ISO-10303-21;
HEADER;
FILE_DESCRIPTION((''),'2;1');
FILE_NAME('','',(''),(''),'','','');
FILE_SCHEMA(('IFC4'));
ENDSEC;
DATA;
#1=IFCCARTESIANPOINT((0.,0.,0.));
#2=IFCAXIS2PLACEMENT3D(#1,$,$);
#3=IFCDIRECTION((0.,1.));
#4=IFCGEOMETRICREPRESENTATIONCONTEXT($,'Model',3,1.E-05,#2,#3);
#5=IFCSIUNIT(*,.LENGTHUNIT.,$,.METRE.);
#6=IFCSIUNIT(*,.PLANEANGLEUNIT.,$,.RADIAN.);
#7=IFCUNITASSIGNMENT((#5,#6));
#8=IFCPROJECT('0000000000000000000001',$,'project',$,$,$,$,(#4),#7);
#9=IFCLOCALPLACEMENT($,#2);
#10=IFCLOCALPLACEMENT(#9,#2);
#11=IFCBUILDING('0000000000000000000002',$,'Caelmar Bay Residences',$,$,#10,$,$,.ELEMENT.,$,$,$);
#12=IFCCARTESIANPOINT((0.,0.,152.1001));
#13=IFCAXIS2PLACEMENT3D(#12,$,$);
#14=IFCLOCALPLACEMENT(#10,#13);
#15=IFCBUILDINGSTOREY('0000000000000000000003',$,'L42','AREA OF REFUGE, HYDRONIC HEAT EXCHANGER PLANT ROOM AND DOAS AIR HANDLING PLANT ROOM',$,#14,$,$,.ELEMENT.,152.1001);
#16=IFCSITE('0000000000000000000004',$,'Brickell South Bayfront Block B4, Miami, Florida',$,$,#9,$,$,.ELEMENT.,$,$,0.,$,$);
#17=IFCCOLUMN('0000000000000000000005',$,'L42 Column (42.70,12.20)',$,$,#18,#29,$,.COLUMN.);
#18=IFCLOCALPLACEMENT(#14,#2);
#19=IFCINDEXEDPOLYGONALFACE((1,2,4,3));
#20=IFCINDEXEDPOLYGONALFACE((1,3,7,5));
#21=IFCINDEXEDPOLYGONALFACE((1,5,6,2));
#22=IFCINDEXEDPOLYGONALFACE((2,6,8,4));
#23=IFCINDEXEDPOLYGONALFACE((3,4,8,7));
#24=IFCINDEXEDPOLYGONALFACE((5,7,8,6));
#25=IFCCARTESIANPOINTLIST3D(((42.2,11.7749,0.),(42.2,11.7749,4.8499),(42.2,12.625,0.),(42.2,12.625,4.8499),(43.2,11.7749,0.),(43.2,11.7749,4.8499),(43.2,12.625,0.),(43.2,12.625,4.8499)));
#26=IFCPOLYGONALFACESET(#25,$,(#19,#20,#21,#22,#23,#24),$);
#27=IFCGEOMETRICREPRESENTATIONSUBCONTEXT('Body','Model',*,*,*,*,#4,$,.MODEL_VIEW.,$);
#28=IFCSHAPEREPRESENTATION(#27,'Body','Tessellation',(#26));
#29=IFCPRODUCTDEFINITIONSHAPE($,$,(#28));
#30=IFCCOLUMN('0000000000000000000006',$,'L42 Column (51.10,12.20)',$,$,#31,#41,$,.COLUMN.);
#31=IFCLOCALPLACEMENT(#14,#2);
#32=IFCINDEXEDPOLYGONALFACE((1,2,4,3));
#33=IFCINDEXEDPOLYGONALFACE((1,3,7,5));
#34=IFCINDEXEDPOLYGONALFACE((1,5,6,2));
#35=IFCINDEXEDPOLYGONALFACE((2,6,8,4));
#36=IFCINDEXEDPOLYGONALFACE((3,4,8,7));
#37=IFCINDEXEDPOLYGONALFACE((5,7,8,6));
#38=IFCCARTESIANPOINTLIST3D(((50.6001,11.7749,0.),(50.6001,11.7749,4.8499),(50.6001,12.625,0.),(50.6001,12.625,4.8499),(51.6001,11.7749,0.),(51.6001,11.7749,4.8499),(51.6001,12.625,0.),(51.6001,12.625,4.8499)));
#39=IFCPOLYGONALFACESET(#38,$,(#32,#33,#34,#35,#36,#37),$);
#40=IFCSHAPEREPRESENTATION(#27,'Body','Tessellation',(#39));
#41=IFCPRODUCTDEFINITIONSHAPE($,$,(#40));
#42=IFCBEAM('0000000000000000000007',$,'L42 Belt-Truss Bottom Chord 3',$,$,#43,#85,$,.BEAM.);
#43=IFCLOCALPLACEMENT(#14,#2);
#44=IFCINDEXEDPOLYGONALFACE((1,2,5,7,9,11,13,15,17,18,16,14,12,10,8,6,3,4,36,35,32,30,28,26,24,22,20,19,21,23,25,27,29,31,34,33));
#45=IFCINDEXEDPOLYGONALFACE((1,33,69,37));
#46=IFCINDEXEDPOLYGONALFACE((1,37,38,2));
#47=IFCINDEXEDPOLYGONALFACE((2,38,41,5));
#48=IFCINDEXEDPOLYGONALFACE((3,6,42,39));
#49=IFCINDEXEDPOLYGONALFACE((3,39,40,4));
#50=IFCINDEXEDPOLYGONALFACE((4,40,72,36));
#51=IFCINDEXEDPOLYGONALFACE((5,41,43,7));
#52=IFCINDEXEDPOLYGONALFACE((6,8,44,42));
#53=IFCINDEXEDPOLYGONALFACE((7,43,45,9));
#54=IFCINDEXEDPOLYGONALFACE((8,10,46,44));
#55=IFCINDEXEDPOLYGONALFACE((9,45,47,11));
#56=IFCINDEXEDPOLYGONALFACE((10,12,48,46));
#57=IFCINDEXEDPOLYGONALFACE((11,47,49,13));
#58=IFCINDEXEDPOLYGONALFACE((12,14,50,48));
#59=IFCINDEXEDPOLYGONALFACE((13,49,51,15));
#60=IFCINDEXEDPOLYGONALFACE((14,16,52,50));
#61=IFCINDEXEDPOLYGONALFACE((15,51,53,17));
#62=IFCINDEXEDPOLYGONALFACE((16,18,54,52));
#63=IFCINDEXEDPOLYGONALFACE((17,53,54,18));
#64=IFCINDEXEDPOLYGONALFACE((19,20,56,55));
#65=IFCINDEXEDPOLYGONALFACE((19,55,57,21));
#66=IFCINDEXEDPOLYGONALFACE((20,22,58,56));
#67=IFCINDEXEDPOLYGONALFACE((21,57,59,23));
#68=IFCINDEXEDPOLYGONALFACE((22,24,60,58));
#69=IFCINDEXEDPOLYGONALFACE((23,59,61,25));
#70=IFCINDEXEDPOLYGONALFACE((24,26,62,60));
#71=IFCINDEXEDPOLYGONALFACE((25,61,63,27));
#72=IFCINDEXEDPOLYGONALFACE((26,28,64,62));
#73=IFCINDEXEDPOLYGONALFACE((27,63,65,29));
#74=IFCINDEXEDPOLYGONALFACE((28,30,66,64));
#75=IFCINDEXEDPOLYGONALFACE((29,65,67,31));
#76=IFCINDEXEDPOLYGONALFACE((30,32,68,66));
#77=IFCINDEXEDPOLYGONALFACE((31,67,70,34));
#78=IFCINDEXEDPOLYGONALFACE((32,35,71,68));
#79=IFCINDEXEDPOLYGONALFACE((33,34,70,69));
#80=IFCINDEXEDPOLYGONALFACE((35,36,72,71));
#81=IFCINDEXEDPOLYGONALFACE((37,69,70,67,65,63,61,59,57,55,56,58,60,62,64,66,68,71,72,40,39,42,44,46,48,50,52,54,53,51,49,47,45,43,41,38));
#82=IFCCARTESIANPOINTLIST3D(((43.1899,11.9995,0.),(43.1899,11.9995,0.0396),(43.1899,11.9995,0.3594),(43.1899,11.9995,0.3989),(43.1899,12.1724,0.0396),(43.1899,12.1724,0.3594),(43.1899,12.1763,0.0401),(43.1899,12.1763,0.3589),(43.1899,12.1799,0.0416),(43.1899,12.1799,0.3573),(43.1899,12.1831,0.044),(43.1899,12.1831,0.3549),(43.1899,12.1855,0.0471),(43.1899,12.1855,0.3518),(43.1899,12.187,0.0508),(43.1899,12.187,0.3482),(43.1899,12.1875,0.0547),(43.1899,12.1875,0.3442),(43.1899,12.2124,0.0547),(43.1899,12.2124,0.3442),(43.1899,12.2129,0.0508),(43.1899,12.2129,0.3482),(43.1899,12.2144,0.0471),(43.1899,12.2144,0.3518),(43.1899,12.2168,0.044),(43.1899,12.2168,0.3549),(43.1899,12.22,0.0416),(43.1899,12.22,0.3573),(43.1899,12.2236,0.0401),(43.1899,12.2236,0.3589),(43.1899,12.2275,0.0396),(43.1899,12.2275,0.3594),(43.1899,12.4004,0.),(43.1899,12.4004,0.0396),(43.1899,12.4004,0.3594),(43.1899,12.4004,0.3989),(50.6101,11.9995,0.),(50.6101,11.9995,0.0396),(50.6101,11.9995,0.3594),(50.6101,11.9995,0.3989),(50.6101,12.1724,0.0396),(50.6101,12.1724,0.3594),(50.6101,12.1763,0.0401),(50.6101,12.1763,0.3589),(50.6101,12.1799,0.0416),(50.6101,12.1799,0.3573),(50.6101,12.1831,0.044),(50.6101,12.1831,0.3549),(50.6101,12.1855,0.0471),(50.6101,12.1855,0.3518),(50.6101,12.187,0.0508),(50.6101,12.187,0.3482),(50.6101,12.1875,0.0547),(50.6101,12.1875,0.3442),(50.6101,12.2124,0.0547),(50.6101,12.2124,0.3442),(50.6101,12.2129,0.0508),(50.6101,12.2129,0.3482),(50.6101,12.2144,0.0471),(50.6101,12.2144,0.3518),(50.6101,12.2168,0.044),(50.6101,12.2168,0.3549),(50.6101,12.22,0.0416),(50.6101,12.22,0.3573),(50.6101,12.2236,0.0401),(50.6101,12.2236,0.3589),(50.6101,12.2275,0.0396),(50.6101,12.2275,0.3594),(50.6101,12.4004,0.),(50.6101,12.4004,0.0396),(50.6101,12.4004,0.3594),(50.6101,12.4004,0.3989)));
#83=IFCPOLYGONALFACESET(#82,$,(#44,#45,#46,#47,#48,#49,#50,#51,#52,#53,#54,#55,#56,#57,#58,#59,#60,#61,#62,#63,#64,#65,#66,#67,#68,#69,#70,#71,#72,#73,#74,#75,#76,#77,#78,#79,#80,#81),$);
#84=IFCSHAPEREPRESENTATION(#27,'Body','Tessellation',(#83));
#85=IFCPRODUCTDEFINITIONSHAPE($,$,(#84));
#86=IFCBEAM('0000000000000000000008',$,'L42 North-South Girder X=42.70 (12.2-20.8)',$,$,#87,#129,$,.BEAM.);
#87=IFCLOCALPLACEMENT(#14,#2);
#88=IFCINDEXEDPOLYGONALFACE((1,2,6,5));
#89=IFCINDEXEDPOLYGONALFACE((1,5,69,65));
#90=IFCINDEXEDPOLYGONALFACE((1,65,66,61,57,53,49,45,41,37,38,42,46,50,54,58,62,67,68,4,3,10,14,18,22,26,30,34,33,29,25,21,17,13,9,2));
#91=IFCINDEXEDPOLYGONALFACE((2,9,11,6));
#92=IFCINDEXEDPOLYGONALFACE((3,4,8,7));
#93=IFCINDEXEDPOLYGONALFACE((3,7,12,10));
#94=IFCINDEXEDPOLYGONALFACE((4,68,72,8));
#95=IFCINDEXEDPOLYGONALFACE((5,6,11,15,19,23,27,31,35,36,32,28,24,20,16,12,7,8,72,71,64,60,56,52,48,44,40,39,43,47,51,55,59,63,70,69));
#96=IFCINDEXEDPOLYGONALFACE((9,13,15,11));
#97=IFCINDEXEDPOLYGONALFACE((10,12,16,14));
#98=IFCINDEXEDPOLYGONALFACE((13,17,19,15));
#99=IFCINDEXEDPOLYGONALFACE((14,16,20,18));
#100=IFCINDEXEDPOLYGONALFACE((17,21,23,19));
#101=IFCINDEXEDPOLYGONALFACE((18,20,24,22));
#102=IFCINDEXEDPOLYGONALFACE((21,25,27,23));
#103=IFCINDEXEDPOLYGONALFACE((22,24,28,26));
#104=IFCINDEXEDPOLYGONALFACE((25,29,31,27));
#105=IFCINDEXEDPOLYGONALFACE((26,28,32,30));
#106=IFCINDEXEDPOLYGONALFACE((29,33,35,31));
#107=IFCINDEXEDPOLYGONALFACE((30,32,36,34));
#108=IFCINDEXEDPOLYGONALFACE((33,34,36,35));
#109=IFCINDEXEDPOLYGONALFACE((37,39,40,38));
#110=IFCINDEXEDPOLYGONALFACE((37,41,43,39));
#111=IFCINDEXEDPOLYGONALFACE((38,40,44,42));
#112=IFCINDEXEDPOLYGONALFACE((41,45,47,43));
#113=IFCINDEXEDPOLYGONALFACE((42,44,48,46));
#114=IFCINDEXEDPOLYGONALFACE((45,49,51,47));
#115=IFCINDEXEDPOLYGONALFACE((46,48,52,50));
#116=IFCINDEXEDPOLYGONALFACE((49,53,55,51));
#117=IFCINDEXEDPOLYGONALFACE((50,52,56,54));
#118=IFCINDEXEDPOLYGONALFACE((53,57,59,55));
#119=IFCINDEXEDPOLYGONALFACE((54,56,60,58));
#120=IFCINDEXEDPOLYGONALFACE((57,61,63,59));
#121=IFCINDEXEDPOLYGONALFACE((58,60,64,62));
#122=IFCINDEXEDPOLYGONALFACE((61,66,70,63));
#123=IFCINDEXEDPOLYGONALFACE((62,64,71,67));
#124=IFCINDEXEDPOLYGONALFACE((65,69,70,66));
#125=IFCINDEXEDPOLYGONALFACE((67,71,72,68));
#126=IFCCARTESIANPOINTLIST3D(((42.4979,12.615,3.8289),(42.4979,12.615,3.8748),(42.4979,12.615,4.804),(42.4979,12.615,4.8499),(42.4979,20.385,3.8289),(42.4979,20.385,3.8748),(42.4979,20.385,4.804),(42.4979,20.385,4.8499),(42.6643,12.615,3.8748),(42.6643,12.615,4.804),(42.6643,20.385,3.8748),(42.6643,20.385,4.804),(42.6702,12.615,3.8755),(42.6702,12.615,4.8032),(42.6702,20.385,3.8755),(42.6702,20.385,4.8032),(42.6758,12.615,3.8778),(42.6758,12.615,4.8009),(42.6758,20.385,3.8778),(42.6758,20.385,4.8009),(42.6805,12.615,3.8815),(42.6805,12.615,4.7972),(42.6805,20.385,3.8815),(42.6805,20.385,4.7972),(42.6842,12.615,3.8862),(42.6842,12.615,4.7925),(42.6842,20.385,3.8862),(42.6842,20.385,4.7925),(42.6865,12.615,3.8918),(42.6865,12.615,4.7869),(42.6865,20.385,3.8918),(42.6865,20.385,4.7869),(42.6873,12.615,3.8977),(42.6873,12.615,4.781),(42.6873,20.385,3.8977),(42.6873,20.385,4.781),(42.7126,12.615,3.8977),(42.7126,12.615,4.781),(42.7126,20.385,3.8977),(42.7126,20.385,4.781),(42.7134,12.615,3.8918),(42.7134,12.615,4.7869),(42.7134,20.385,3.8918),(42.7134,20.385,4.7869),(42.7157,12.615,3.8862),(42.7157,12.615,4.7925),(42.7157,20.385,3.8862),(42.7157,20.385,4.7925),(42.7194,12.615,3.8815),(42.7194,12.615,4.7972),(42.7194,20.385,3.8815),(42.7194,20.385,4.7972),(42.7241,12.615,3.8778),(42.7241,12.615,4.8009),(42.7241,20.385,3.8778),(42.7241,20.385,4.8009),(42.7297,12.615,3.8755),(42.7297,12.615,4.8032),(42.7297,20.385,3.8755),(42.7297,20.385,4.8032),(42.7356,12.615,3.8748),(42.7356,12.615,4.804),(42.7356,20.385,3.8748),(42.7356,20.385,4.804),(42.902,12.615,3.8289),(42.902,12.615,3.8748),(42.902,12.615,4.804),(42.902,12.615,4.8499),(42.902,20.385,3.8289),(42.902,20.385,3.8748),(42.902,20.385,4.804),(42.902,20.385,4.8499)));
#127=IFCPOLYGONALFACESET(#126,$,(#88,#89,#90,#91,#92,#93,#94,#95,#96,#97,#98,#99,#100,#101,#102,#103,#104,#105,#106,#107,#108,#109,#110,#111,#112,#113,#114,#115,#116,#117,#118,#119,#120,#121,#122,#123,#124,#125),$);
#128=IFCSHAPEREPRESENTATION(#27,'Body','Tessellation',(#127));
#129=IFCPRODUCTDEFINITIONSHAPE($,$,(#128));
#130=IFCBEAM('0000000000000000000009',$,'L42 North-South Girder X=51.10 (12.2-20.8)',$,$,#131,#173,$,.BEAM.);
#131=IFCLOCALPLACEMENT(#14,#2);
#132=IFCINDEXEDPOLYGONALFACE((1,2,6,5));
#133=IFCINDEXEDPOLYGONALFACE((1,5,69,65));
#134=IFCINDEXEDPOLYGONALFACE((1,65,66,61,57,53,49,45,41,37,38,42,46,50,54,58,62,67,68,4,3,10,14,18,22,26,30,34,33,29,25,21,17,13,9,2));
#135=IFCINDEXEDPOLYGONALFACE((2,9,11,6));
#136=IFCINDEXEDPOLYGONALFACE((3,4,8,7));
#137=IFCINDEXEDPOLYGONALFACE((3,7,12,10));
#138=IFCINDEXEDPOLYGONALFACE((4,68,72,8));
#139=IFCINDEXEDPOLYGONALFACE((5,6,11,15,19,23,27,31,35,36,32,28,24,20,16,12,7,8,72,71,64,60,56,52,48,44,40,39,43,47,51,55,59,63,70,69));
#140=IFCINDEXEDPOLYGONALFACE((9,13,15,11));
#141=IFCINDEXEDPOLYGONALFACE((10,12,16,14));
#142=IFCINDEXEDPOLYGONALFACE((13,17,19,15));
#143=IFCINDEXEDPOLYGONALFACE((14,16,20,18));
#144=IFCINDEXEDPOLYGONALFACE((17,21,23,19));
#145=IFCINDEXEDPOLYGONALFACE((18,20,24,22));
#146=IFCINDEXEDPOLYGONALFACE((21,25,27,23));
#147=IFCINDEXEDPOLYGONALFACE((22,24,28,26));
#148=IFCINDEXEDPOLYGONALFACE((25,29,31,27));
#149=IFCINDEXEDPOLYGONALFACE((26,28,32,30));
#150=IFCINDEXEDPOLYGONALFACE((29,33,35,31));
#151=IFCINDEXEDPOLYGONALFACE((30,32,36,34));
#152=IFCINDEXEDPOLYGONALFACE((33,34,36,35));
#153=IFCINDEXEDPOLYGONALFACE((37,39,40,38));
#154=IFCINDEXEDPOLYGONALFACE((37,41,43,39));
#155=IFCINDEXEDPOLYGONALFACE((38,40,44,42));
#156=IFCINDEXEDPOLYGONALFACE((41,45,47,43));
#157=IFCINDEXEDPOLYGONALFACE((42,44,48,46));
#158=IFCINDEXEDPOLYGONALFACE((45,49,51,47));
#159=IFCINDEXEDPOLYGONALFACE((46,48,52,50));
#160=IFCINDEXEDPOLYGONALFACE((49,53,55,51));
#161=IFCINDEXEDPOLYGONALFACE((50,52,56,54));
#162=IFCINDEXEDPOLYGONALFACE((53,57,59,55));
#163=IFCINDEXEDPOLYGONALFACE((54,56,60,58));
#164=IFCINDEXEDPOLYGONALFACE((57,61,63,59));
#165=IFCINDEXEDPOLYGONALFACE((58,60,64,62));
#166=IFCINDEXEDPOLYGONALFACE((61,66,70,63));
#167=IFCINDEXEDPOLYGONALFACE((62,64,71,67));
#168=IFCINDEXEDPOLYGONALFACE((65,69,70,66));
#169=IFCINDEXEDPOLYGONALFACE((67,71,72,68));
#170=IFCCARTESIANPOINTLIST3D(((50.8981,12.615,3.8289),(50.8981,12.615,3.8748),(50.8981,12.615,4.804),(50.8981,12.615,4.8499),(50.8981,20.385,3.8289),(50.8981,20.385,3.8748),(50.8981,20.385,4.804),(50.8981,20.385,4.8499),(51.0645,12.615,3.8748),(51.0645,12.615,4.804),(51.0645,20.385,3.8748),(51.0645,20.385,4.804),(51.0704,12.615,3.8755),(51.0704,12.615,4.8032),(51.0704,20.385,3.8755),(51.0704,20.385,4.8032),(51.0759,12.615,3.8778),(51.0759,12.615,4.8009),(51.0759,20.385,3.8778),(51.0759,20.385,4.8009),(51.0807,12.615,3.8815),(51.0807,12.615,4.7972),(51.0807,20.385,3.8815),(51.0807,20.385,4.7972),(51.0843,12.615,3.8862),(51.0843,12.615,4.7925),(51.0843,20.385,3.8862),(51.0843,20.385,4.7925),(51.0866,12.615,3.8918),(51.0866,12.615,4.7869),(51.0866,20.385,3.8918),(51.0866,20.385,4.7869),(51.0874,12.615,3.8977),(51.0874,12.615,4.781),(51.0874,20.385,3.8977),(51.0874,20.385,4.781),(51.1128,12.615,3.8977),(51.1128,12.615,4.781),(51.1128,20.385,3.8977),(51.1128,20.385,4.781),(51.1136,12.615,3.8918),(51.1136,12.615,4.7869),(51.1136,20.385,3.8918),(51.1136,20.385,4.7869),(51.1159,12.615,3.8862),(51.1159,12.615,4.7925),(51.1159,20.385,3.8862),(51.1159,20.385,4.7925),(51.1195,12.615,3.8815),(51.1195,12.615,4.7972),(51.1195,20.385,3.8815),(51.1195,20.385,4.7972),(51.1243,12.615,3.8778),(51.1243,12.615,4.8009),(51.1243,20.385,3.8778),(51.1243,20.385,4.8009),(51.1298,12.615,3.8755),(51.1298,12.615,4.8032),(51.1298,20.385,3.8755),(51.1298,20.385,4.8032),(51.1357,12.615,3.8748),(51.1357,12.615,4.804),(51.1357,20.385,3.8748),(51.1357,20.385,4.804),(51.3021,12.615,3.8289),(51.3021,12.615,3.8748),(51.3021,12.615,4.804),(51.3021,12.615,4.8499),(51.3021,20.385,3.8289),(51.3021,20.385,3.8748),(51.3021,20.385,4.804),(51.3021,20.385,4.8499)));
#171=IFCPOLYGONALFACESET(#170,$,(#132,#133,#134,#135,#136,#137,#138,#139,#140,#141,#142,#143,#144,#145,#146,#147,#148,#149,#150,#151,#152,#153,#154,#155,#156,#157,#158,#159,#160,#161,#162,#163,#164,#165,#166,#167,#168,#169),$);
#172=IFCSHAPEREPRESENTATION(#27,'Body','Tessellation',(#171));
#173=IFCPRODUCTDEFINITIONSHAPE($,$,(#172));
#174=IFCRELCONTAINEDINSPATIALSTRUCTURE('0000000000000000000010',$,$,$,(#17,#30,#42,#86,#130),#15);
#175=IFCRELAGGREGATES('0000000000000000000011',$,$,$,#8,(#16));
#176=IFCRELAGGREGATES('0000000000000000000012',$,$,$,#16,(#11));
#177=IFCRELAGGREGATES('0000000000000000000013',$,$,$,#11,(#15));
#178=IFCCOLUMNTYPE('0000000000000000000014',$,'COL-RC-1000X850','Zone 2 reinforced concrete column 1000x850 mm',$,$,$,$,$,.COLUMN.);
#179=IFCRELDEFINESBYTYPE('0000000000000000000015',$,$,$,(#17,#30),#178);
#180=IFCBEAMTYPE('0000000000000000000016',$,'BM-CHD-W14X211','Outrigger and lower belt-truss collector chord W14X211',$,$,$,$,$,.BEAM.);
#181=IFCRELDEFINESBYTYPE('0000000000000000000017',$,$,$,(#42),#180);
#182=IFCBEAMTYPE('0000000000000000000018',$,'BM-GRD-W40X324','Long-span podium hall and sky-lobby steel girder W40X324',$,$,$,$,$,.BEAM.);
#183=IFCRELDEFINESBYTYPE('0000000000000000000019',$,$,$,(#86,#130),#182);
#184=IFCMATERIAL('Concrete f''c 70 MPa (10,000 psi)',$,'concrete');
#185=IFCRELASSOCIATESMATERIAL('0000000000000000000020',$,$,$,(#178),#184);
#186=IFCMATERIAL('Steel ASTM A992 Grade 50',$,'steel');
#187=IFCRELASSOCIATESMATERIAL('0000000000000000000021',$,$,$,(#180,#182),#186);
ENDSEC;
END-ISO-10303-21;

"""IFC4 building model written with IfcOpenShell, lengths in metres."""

from ifc_helpers import new_model, si_unit, direction, frame, origin, origin_2d, place, context, subcontext, project, spatial, rectangle, i_section, extrude, material, material_profile, profile_set, type_object, element, save


model = new_model("IFC4")

# Units and contexts
model_context = context("Model", 3, precision=1e-05, world=origin(), true_north=direction((0.0, 1.0)))
body_context = subcontext(model_context, "Body", "Model", "MODEL_VIEW")
ifc_project = project(units=[si_unit("LENGTHUNIT", "METRE"), si_unit("PLANEANGLEUNIT", "RADIAN")], contexts=[model_context])

# Site, building, storey
site_placement = place(None, origin())
site = spatial("IfcSite", under=ifc_project, at=site_placement, Name="Brickell South Bayfront Block B4, Miami, Florida", CompositionType="ELEMENT", RefElevation=0.0)
building_placement = place(site_placement, origin())
building = spatial("IfcBuilding", under=site, at=building_placement, Name="Caelmar Bay Residences", CompositionType="ELEMENT")
storey_placement = place(building_placement, frame((0.0, 0.0, 152.1001)))
storey = spatial("IfcBuildingStorey", under=building, at=storey_placement, Name="L42", Description="AREA OF REFUGE, HYDRONIC HEAT EXCHANGER PLANT ROOM AND DOAS AIR HANDLING PLANT ROOM", CompositionType="ELEMENT", Elevation=152.1001)

# Columns
ifc_material_1 = material(Name="Concrete f'c 70 MPa (10,000 psi)", Category="concrete")
ifc_material_profile_1 = material_profile(ifc_material_1, rectangle(XDim=1.0, YDim=0.8501, at=origin_2d()), Name="RC-COL-1000X850")
ifc_profile_set_1 = profile_set([ifc_material_profile_1], Name="Concrete f'c 70 MPa (10,000 psi)")
column_type = type_object("IfcColumnType", Name="COL-RC-1000X850", Description="Zone 2 reinforced concrete column 1000x850 mm", PredefinedType="COLUMN", material=ifc_profile_set_1)
for number, where, z_axis, x_axis, name in (
    (1, (42.7, 12.2, 0.0), (0.0, 0.0, 1.0), (1.0, 0.0, 0.0), "L42 Column (42.70,12.20)"),
    (2, (51.1001, 12.2, 0.0), (0.0, 0.0, 1.0), (1.0, 0.0, 0.0), "L42 Column (51.10,12.20)"),
):
    element("IfcColumn", number, at=place(storey_placement, frame(where, z_axis=z_axis, x_axis=x_axis)), inside=storey, type_object=column_type, Name=name, PredefinedType="COLUMN", context=body_context, shape_type="SweptSolid", body=[
        extrude(rectangle(XDim=1.0, YDim=0.8501, at=origin_2d()), origin(), (0.0, 0.0, 1.0), 4.8499),
    ])

# Beams
ifc_material_2 = material(Name="Steel ASTM A992 Grade 50", Category="steel")
ifc_material_profile_2 = material_profile(ifc_material_2, i_section(OverallWidth=0.4009, OverallDepth=0.3989, WebThickness=0.0249, FlangeThickness=0.0396, FilletRadius=0.0151, at=origin_2d()), Name="W14X211")
ifc_profile_set_2 = profile_set([ifc_material_profile_2], Name="Steel ASTM A992 Grade 50")
beam_type_1 = type_object("IfcBeamType", Name="BM-CHD-W14X211", Description="Outrigger and lower belt-truss collector chord W14X211", PredefinedType="BEAM", material=ifc_profile_set_2)
beam_1_placement = place(storey_placement, frame((43.1899, 12.2, 0.1995), z_axis=(1.0, 0.0, 0.0), x_axis=(0.0, 1.0, 0.0)))
element("IfcBeam", 3, at=beam_1_placement, inside=storey, type_object=beam_type_1, Name="L42 Belt-Truss Bottom Chord 3", PredefinedType="BEAM", context=body_context, shape_type="SweptSolid", body=[
    extrude(i_section(OverallWidth=0.4009, OverallDepth=0.3989, WebThickness=0.0249, FlangeThickness=0.0396, FilletRadius=0.0151, at=origin_2d()), origin(), (0.0, 0.0, 1.0), 7.4202),
])
ifc_material_profile_3 = material_profile(ifc_material_2, i_section(OverallWidth=0.4041, OverallDepth=1.021, WebThickness=0.0254, FlangeThickness=0.0459, FilletRadius=0.0229, at=origin_2d()), Name="W40X324")
ifc_profile_set_3 = profile_set([ifc_material_profile_3], Name="Steel ASTM A992 Grade 50")
beam_type_2 = type_object("IfcBeamType", Name="BM-GRD-W40X324", Description="Long-span podium hall and sky-lobby steel girder W40X324", PredefinedType="BEAM", material=ifc_profile_set_3)
for number, where, z_axis, x_axis, name in (
    (4, (42.7, 12.615, 4.3394), (0.0, 1.0, 0.0), (-1.0, 0.0, 0.0), "L42 North-South Girder X=42.70 (12.2-20.8)"),
    (5, (51.1001, 12.615, 4.3394), (0.0, 1.0, 0.0), (-1.0, 0.0, 0.0), "L42 North-South Girder X=51.10 (12.2-20.8)"),
):
    element("IfcBeam", number, at=place(storey_placement, frame(where, z_axis=z_axis, x_axis=x_axis)), inside=storey, type_object=beam_type_2, Name=name, PredefinedType="BEAM", context=body_context, shape_type="SweptSolid", body=[
        extrude(i_section(OverallWidth=0.4041, OverallDepth=1.021, WebThickness=0.0254, FlangeThickness=0.0459, FilletRadius=0.0229, at=origin_2d()), origin(), (0.0, 0.0, 1.0), 7.77),
    ])

save(model, "model.ifc")
